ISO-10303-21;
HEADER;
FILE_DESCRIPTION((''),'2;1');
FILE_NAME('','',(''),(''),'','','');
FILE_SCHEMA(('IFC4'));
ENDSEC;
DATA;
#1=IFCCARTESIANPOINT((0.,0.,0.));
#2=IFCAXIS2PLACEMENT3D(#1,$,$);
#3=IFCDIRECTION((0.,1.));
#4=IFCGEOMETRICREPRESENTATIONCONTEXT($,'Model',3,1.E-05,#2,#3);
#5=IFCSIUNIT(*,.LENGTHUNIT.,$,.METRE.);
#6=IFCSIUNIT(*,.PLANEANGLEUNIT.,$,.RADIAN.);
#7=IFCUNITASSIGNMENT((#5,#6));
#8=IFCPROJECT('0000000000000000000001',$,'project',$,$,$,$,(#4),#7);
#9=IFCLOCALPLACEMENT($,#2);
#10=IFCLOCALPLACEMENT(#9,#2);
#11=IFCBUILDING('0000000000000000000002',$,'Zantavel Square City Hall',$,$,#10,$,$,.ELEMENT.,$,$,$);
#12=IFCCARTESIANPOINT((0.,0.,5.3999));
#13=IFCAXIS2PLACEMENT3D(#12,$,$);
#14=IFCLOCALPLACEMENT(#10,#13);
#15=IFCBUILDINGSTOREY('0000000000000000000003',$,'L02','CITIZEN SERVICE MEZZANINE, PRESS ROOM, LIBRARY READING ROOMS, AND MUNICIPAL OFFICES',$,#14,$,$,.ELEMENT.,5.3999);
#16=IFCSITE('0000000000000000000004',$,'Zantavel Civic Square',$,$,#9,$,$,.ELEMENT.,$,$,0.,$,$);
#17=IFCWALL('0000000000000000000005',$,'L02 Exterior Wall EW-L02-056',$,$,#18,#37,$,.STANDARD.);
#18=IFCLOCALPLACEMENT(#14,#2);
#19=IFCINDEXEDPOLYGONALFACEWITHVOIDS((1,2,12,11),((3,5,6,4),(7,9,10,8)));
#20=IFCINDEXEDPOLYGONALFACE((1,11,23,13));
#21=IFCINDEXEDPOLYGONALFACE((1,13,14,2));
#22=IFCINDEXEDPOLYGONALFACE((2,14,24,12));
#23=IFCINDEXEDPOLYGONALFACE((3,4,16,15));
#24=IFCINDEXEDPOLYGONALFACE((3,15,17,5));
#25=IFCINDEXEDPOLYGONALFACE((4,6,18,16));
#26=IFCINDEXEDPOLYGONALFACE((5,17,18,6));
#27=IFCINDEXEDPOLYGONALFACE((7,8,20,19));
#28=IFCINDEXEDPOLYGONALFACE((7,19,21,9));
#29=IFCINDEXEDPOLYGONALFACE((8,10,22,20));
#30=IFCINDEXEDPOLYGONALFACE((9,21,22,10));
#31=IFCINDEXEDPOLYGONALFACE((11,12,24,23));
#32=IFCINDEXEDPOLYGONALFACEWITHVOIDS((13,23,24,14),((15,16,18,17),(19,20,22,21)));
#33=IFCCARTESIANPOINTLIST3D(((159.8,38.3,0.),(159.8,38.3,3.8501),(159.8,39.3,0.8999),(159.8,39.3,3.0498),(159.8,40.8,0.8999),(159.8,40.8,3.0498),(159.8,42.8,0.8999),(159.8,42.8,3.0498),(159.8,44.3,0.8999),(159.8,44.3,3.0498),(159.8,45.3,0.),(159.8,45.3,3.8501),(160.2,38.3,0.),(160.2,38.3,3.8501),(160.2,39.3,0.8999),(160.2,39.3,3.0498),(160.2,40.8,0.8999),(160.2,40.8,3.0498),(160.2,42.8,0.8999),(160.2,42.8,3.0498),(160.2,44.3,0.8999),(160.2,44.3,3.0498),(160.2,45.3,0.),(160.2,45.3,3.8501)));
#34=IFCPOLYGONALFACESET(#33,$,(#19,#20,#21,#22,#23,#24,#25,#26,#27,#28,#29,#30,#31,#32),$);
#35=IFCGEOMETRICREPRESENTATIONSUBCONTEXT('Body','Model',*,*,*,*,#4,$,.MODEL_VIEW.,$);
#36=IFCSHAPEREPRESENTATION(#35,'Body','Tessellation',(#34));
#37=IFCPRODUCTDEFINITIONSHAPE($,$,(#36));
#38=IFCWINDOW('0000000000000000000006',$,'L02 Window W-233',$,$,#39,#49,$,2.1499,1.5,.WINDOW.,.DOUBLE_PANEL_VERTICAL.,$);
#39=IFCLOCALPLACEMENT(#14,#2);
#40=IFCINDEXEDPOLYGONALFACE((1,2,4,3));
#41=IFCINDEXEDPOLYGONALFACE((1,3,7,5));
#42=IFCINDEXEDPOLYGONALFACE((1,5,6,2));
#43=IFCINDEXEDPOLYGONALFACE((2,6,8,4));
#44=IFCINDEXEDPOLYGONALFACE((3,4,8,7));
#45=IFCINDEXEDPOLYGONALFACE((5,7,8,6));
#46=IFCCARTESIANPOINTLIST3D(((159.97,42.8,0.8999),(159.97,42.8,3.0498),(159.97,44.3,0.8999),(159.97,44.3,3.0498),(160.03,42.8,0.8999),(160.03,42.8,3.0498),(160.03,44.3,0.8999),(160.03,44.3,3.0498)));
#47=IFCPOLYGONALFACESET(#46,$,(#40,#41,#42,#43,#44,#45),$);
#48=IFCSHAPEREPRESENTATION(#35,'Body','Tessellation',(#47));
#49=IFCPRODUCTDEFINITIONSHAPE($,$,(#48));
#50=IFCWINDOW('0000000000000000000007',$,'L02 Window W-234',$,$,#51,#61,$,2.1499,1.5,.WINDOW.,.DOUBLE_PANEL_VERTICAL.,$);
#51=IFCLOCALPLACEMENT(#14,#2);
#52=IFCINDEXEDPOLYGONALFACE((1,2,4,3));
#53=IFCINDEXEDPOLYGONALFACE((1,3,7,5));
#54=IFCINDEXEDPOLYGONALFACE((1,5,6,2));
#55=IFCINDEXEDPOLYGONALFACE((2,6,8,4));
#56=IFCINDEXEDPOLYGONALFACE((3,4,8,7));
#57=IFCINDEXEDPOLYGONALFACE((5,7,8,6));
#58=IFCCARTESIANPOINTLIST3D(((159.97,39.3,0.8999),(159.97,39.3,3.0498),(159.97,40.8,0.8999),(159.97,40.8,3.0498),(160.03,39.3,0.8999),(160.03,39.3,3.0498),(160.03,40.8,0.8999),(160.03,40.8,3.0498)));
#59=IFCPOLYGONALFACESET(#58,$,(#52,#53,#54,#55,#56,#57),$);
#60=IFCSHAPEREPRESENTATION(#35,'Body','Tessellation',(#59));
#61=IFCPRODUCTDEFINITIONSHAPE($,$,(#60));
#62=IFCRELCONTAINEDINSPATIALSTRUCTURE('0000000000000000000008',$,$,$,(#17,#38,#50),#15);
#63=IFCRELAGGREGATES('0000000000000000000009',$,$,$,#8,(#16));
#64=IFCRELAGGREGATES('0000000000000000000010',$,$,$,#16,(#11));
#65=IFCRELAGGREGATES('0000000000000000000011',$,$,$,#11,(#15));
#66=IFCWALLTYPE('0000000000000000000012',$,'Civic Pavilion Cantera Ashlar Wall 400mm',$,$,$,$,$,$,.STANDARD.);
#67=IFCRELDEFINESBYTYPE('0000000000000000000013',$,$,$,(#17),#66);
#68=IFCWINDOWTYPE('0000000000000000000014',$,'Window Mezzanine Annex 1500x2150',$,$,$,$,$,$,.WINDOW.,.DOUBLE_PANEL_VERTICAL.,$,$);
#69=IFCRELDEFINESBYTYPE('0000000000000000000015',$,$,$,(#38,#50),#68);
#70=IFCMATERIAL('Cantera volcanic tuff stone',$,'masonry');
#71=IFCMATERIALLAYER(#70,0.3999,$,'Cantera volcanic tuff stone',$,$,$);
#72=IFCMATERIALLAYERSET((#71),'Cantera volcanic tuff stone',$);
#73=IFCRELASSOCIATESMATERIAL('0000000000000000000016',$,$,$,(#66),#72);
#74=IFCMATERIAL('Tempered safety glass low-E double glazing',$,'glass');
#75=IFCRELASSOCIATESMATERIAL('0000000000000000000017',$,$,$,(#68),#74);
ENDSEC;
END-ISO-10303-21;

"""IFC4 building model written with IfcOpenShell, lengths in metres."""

from ifc_helpers import new_model, si_unit, direction, frame, frame_2d, origin, place, context, subcontext, project, spatial, rectangle, extrude, material, layer, layer_set, type_object, element, fill, save


model = new_model("IFC4")

# Units and contexts
model_context = context("Model", 3, precision=1e-05, world=origin(), true_north=direction((0.0, 1.0)))
body_context = subcontext(model_context, "Body", "Model", "MODEL_VIEW")
ifc_project = project(units=[si_unit("LENGTHUNIT", "METRE"), si_unit("PLANEANGLEUNIT", "RADIAN")], contexts=[model_context])

# Site, building, storey
site_placement = place(None, origin())
site = spatial("IfcSite", under=ifc_project, at=site_placement, Name="Zantavel Civic Square", CompositionType="ELEMENT", RefElevation=0.0)
building_placement = place(site_placement, origin())
building = spatial("IfcBuilding", under=site, at=building_placement, Name="Zantavel Square City Hall", CompositionType="ELEMENT")
storey_placement = place(building_placement, frame((0.0, 0.0, 5.3999)))
storey = spatial("IfcBuildingStorey", under=building, at=storey_placement, Name="L02", Description="CITIZEN SERVICE MEZZANINE, PRESS ROOM, LIBRARY READING ROOMS, AND MUNICIPAL OFFICES", CompositionType="ELEMENT", Elevation=5.3999)

# Shared definitions
ifc_material_1 = material(Name="Tempered safety glass low-E double glazing", Category="glass")

# Wall, openings, windows
ifc_material_2 = material(Name="Cantera volcanic tuff stone", Category="masonry")
ifc_layer_1 = layer(ifc_material_2, 0.3999, Name="Cantera volcanic tuff stone")
ifc_layer_set_1 = layer_set([ifc_layer_1], Name="Cantera volcanic tuff stone")
wall_type = type_object("IfcWallType", Name="Civic Pavilion Cantera Ashlar Wall 400mm", PredefinedType="STANDARD", material=ifc_layer_set_1)
wall_placement = place(storey_placement, frame((160.0, 45.3, 0.0), z_axis=(0.0, 0.0, 1.0), x_axis=(0.0, -1.0, 0.0)))
wall = element("IfcWall", 1, at=wall_placement, inside=storey, type_object=wall_type, Name="L02 Exterior Wall EW-L02-056", PredefinedType="STANDARD", context=body_context, shape_type="SweptSolid", body=[
    extrude(rectangle(XDim=7.0, YDim=0.3999, at=frame_2d((3.5, 0.0))), origin(), (0.0, 0.0, 1.0), 3.8501),
])
opening_1_placement = place(wall_placement, frame((1.0, 0.0, 0.8999)))
opening_1 = element("IfcOpeningElement", 2, at=opening_1_placement, cuts=wall, PredefinedType="OPENING", context=body_context, shape_type="SweptSolid", body=[
    extrude(rectangle(XDim=1.5, YDim=2.1499, at=frame_2d((0.75, 1.075))), frame((0.0, 0.21, 0.0), z_axis=(0.0, -1.0, 0.0), x_axis=(1.0, 0.0, 0.0)), (0.0, 0.0, 1.0), 0.4199),
])
opening_2_placement = place(wall_placement, frame((4.5, 0.0, 0.8999)))
opening_2 = element("IfcOpeningElement", 3, at=opening_2_placement, cuts=wall, PredefinedType="OPENING", context=body_context, shape_type="SweptSolid", body=[
    extrude(rectangle(XDim=1.5, YDim=2.1499, at=frame_2d((0.75, 1.075))), frame((0.0, 0.21, 0.0), z_axis=(0.0, -1.0, 0.0), x_axis=(1.0, 0.0, 0.0)), (0.0, 0.0, 1.0), 0.4199),
])
window_type = type_object("IfcWindowType", Name="Window Mezzanine Annex 1500x2150", PartitioningType="DOUBLE_PANEL_VERTICAL", PredefinedType="WINDOW", material=ifc_material_1)
window_1_placement = place(opening_1_placement, origin())
window_1 = element("IfcWindow", 4, at=window_1_placement, inside=storey, type_object=window_type, Name="L02 Window W-233", OverallHeight=2.1499, OverallWidth=1.5, PartitioningType="DOUBLE_PANEL_VERTICAL", PredefinedType="WINDOW", context=body_context, shape_type="SweptSolid", body=[
    extrude(rectangle(XDim=1.5, YDim=2.1499, at=frame_2d((0.75, 1.075))), frame((0.0, 0.03, 0.0), z_axis=(0.0, -1.0, 0.0), x_axis=(1.0, 0.0, 0.0)), (0.0, 0.0, 1.0), 0.0601),
])
fill(opening_1, window_1)
window_2_placement = place(opening_2_placement, origin())
window_2 = element("IfcWindow", 5, at=window_2_placement, inside=storey, type_object=window_type, Name="L02 Window W-234", OverallHeight=2.1499, OverallWidth=1.5, PartitioningType="DOUBLE_PANEL_VERTICAL", PredefinedType="WINDOW", context=body_context, shape_type="SweptSolid", body=[
    extrude(rectangle(XDim=1.5, YDim=2.1499, at=frame_2d((0.75, 1.075))), frame((0.0, 0.03, 0.0), z_axis=(0.0, -1.0, 0.0), x_axis=(1.0, 0.0, 0.0)), (0.0, 0.0, 1.0), 0.0601),
])
fill(opening_2, window_2)

save(model, "model.ifc")
